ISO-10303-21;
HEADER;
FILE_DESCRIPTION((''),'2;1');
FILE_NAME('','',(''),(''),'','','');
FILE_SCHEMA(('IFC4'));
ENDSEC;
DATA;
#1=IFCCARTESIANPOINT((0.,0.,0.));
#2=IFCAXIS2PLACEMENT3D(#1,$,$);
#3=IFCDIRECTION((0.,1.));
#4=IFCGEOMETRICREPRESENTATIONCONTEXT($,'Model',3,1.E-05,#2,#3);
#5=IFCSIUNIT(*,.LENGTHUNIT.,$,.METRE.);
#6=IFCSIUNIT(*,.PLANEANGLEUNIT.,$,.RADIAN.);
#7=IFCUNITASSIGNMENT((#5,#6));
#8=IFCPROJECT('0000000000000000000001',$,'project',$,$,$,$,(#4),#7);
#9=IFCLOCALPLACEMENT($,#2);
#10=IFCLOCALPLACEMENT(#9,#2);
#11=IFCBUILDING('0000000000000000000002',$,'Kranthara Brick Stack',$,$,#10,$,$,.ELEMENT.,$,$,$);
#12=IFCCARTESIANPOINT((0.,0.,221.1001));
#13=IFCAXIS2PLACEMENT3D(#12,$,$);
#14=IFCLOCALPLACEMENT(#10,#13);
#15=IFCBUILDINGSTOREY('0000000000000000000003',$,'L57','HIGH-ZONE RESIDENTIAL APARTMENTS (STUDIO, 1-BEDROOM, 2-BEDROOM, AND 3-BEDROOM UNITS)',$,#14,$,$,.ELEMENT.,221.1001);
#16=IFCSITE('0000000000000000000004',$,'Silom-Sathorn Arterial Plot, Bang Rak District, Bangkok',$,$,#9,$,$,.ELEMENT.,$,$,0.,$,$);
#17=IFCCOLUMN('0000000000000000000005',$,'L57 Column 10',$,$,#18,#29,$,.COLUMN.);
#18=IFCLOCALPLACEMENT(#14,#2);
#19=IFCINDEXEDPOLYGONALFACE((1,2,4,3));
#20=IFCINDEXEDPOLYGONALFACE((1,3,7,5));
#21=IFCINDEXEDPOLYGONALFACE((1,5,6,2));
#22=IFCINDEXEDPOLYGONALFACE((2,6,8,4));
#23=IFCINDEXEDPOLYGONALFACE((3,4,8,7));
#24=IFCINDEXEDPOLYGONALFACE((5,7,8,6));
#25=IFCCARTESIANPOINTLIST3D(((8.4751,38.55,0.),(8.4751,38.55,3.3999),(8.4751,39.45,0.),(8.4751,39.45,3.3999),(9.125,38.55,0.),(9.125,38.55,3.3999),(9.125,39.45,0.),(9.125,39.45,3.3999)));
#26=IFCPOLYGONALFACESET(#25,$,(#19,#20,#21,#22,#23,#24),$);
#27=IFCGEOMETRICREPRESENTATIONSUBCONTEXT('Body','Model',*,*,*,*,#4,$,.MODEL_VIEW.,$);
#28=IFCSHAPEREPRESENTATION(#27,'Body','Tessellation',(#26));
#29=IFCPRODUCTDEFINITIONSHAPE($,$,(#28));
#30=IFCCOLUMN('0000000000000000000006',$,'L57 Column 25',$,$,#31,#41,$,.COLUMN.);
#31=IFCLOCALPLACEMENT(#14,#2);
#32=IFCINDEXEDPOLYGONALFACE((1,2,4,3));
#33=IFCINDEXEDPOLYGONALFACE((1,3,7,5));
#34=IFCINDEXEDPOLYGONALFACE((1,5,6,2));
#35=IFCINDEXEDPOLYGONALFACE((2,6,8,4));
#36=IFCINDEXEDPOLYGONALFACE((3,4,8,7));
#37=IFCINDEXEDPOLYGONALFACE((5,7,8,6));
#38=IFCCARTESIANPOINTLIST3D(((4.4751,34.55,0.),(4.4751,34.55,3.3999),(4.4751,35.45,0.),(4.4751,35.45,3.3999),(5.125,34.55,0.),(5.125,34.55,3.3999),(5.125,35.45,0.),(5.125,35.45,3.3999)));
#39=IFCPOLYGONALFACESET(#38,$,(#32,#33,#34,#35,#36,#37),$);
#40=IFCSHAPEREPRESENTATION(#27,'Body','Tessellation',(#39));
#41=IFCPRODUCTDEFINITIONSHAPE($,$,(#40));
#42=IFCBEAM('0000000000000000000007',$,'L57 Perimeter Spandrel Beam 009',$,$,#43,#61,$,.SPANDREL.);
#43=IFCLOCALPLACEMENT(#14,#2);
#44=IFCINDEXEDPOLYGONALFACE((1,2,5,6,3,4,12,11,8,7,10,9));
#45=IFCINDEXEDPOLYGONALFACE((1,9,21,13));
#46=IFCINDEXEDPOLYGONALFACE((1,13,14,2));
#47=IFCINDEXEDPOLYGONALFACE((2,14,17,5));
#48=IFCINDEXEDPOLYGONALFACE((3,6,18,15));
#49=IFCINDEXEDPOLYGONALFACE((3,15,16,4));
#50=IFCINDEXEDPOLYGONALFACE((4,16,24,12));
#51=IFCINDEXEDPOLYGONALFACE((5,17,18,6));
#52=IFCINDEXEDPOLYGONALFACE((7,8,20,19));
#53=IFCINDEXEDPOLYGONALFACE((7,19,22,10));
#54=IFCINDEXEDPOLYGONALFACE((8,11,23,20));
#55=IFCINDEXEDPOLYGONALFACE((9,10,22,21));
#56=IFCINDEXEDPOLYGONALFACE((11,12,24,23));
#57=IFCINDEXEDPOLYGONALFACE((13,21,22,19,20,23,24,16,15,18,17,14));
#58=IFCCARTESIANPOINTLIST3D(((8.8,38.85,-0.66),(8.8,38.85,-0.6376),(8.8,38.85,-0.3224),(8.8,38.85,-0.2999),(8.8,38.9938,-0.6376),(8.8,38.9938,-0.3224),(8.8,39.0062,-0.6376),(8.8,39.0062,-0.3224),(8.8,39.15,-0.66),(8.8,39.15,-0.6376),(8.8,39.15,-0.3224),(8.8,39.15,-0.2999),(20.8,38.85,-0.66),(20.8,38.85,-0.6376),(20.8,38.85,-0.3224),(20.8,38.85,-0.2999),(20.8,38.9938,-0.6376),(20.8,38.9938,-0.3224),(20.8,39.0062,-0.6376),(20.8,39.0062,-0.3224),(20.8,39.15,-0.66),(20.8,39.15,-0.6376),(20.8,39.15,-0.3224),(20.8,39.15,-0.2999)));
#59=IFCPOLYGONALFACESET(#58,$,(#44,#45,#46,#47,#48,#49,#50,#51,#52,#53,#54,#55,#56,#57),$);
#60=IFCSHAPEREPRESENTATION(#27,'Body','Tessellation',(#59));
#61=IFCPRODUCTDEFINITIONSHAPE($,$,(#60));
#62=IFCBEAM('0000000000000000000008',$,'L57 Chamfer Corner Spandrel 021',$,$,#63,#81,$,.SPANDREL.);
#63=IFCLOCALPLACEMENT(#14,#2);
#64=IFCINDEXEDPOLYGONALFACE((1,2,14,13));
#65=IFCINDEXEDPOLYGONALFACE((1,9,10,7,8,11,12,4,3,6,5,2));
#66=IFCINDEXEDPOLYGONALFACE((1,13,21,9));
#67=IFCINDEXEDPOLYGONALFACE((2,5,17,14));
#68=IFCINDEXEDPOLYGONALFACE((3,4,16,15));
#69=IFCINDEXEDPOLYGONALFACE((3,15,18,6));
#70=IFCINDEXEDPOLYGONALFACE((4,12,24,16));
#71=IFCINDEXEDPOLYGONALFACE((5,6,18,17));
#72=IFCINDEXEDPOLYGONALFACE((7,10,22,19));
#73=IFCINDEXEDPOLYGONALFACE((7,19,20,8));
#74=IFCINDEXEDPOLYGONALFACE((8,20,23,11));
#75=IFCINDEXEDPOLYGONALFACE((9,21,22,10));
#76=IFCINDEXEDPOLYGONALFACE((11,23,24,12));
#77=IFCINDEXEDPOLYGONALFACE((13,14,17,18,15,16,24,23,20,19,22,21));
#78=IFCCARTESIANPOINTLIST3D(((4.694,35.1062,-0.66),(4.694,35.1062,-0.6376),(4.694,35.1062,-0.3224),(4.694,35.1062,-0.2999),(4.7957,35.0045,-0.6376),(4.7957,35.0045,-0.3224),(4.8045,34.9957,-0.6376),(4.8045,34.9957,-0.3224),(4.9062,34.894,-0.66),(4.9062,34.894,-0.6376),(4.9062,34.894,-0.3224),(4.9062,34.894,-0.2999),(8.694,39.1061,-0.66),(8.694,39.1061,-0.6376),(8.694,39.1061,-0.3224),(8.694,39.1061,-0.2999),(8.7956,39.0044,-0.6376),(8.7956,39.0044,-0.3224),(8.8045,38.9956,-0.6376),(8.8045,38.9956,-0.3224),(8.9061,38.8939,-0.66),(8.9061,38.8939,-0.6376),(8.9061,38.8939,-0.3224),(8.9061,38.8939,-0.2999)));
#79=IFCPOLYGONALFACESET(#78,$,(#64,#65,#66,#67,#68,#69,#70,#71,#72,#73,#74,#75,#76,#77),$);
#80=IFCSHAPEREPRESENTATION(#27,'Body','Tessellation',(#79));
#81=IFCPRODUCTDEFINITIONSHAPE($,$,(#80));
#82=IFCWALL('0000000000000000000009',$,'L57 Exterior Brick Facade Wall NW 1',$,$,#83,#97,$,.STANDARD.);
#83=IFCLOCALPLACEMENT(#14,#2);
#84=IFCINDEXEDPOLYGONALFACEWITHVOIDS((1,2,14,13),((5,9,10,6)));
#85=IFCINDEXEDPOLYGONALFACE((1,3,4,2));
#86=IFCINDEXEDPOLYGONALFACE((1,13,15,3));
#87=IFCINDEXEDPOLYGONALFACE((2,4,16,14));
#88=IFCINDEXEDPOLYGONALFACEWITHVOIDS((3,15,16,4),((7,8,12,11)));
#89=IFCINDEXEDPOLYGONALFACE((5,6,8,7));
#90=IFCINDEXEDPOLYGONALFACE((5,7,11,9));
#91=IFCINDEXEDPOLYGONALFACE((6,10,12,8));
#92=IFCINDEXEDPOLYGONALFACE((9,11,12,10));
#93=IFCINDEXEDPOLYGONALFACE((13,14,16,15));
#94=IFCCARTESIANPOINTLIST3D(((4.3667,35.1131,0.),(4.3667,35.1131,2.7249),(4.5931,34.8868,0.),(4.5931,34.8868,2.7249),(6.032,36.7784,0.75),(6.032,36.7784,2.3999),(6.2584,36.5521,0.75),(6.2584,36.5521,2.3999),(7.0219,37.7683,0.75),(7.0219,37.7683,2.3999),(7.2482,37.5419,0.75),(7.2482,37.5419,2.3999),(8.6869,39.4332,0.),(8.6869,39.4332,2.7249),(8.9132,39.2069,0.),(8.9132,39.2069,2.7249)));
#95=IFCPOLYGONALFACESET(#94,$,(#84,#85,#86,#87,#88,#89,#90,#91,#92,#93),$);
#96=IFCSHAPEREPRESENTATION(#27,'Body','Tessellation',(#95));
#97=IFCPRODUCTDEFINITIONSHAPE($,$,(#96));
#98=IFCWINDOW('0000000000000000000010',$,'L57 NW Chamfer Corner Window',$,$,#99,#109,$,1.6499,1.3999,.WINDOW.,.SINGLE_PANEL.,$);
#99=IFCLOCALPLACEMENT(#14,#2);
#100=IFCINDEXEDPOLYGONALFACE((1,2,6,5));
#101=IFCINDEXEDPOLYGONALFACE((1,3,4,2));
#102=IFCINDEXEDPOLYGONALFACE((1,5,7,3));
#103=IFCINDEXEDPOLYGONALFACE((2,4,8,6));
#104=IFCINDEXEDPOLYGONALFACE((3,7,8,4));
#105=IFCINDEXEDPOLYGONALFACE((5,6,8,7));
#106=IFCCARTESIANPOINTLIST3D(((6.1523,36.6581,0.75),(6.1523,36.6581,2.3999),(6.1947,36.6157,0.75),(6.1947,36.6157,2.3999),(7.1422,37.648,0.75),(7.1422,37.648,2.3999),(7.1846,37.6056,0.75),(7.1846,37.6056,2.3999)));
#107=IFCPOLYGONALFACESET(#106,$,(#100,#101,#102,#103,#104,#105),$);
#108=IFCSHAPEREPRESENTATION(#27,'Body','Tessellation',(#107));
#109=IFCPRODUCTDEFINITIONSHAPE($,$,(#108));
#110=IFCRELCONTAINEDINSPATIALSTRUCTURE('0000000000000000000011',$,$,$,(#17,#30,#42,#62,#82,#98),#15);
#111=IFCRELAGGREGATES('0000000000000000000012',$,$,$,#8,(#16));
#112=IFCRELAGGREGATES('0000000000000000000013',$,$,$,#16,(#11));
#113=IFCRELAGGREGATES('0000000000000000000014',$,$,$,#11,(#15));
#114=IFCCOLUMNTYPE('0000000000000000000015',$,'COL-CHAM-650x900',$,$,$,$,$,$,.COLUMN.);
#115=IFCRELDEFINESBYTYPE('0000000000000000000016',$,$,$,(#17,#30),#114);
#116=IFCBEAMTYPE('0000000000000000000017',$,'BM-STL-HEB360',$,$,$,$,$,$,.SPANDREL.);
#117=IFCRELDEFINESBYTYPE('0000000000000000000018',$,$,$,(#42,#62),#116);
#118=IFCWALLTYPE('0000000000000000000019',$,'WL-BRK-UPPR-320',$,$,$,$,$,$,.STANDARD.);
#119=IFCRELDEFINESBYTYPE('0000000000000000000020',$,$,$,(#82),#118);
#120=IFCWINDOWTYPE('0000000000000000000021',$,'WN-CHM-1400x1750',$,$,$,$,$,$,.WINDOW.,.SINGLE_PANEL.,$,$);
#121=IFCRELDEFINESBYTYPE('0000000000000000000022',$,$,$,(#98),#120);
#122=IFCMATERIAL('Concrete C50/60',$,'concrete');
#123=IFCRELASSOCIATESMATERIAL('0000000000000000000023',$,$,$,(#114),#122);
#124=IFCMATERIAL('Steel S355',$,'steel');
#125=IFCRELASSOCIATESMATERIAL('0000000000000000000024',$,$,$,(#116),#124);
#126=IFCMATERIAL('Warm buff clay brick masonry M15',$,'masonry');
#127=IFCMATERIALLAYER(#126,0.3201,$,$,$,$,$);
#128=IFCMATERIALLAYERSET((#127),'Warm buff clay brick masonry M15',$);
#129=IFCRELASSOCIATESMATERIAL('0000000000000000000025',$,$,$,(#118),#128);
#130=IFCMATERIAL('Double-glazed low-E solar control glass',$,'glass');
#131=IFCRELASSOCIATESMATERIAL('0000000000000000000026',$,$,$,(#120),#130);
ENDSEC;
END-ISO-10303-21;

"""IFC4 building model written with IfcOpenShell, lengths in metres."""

from ifc_helpers import new_model, si_unit, direction, frame, frame_2d, origin, origin_2d, place, context, subcontext, project, spatial, rectangle, i_section, extrude, material, layer, layer_set, material_profile, profile_set, type_object, element, fill, save


model = new_model("IFC4")

# Units and contexts
model_context = context("Model", 3, precision=1e-05, world=origin(), true_north=direction((0.0, 1.0)))
body_context = subcontext(model_context, "Body", "Model", "MODEL_VIEW")
ifc_project = project(units=[si_unit("LENGTHUNIT", "METRE"), si_unit("PLANEANGLEUNIT", "RADIAN")], contexts=[model_context])

# Site, building, storey
site_placement = place(None, origin())
site = spatial("IfcSite", under=ifc_project, at=site_placement, Name="Silom-Sathorn Arterial Plot, Bang Rak District, Bangkok", CompositionType="ELEMENT", RefElevation=0.0)
building_placement = place(site_placement, origin())
building = spatial("IfcBuilding", under=site, at=building_placement, Name="Kranthara Brick Stack", CompositionType="ELEMENT")
storey_placement = place(building_placement, frame((0.0, 0.0, 221.1001)))
storey = spatial("IfcBuildingStorey", under=building, at=storey_placement, Name="L57", Description="HIGH-ZONE RESIDENTIAL APARTMENTS (STUDIO, 1-BEDROOM, 2-BEDROOM, AND 3-BEDROOM UNITS)", CompositionType="ELEMENT", Elevation=221.1001)

# Columns
ifc_material_1 = material(Name="Concrete C50/60", Category="concrete")
ifc_material_profile_1 = material_profile(ifc_material_1, rectangle(XDim=0.6499, YDim=0.8999, at=origin_2d()), Name="RC 650x900")
ifc_profile_set_1 = profile_set([ifc_material_profile_1], Name="Concrete C50/60")
column_type = type_object("IfcColumnType", Name="COL-CHAM-650x900", PredefinedType="COLUMN", material=ifc_profile_set_1)
for number, where, z_axis, x_axis, name in (
    (1, (8.8, 39.0, 0.0), (0.0, 0.0, 1.0), (1.0, 0.0, 0.0), "L57 Column 10"),
    (2, (4.8, 35.0, 0.0), (0.0, 0.0, 1.0), (1.0, 0.0, 0.0), "L57 Column 25"),
):
    element("IfcColumn", number, at=place(storey_placement, frame(where, z_axis=z_axis, x_axis=x_axis)), inside=storey, type_object=column_type, Name=name, PredefinedType="COLUMN", context=body_context, shape_type="SweptSolid", body=[
        extrude(rectangle(XDim=0.6499, YDim=0.8999, at=origin_2d()), origin(), (0.0, 0.0, 1.0), 3.3999),
    ])

# Beams
ifc_material_2 = material(Name="Steel S355", Category="steel")
ifc_material_profile_2 = material_profile(ifc_material_2, i_section(OverallWidth=0.3, OverallDepth=0.3601, WebThickness=0.0125, FlangeThickness=0.0225, at=origin_2d()), Name="HEB 360")
ifc_profile_set_2 = profile_set([ifc_material_profile_2], Name="Steel S355")
beam_type = type_object("IfcBeamType", Name="BM-STL-HEB360", PredefinedType="SPANDREL", material=ifc_profile_set_2)
beam_1_placement = place(storey_placement, frame((8.8, 39.0, -0.48), z_axis=(1.0, 0.0, 0.0), x_axis=(0.0, 1.0, 0.0)))
element("IfcBeam", 3, at=beam_1_placement, inside=storey, type_object=beam_type, Name="L57 Perimeter Spandrel Beam 009", PredefinedType="SPANDREL", context=body_context, shape_type="SweptSolid", body=[
    extrude(i_section(OverallWidth=0.3, OverallDepth=0.3601, WebThickness=0.0125, FlangeThickness=0.0225, at=origin_2d()), origin(), (0.0, 0.0, 1.0), 12.0),
])
beam_2_placement = place(storey_placement, frame((8.8, 39.0, -0.48), z_axis=(-0.707107, -0.707107, 0.0), x_axis=(0.707107, -0.707107, 0.0)))
element("IfcBeam", 4, at=beam_2_placement, inside=storey, type_object=beam_type, Name="L57 Chamfer Corner Spandrel 021", PredefinedType="SPANDREL", context=body_context, shape_type="SweptSolid", body=[
    extrude(i_section(OverallWidth=0.3, OverallDepth=0.3601, WebThickness=0.0125, FlangeThickness=0.0225, at=origin_2d()), origin(), (0.0, 0.0, 1.0), 5.6567),
])

# Wall, opening, window
ifc_material_3 = material(Name="Warm buff clay brick masonry M15", Category="masonry")
ifc_layer_1 = layer(ifc_material_3, 0.3201)
ifc_layer_set_1 = layer_set([ifc_layer_1], Name="Warm buff clay brick masonry M15")
wall_type_1 = type_object("IfcWallType", Name="WL-BRK-UPPR-320", PredefinedType="STANDARD", material=ifc_layer_set_1)
wall_1_placement = place(storey_placement, frame((4.48, 35.0, 0.0), z_axis=(0.0, 0.0, 1.0), x_axis=(0.707107, 0.707107, 0.0)))
wall_1 = element("IfcWall", 5, at=wall_1_placement, inside=storey, type_object=wall_type_1, Name="L57 Exterior Brick Facade Wall NW 1", PredefinedType="STANDARD", context=body_context, shape_type="SweptSolid", body=[
    extrude(rectangle(XDim=6.1096, YDim=0.3201, at=frame_2d((3.0547, 0.0))), origin(), (0.0, 0.0, 1.0), 2.7249),
])
opening_1_placement = place(wall_1_placement, frame((2.355, 0.0, 0.75)))
opening_1 = element("IfcOpeningElement", 6, at=opening_1_placement, cuts=wall_1, PredefinedType="OPENING", context=body_context, shape_type="SweptSolid", body=[
    extrude(rectangle(XDim=1.3999, YDim=1.6499, at=frame_2d((0.7, 0.825))), frame((0.0, 0.1699, 0.0), z_axis=(0.0, -1.0, 0.0), x_axis=(1.0, 0.0, 0.0)), (0.0, 0.0, 1.0), 0.3401),
])
ifc_material_4 = material(Name="Double-glazed low-E solar control glass", Category="glass")
window_type_1 = type_object("IfcWindowType", Name="WN-CHM-1400x1750", PartitioningType="SINGLE_PANEL", PredefinedType="WINDOW", material=ifc_material_4)
window_1_placement = place(opening_1_placement, origin())
window_1 = element("IfcWindow", 7, at=window_1_placement, inside=storey, type_object=window_type_1, Name="L57 NW Chamfer Corner Window", OverallHeight=1.6499, OverallWidth=1.3999, PartitioningType="SINGLE_PANEL", PredefinedType="WINDOW", context=body_context, shape_type="SweptSolid", body=[
    extrude(rectangle(XDim=1.3999, YDim=1.6499, at=frame_2d((0.7, 0.825))), frame((0.0, -0.01, 0.0), z_axis=(0.0, -1.0, 0.0), x_axis=(1.0, 0.0, 0.0)), (0.0, 0.0, 1.0), 0.0601),
])
fill(opening_1, window_1)

save(model, "model.ifc")
